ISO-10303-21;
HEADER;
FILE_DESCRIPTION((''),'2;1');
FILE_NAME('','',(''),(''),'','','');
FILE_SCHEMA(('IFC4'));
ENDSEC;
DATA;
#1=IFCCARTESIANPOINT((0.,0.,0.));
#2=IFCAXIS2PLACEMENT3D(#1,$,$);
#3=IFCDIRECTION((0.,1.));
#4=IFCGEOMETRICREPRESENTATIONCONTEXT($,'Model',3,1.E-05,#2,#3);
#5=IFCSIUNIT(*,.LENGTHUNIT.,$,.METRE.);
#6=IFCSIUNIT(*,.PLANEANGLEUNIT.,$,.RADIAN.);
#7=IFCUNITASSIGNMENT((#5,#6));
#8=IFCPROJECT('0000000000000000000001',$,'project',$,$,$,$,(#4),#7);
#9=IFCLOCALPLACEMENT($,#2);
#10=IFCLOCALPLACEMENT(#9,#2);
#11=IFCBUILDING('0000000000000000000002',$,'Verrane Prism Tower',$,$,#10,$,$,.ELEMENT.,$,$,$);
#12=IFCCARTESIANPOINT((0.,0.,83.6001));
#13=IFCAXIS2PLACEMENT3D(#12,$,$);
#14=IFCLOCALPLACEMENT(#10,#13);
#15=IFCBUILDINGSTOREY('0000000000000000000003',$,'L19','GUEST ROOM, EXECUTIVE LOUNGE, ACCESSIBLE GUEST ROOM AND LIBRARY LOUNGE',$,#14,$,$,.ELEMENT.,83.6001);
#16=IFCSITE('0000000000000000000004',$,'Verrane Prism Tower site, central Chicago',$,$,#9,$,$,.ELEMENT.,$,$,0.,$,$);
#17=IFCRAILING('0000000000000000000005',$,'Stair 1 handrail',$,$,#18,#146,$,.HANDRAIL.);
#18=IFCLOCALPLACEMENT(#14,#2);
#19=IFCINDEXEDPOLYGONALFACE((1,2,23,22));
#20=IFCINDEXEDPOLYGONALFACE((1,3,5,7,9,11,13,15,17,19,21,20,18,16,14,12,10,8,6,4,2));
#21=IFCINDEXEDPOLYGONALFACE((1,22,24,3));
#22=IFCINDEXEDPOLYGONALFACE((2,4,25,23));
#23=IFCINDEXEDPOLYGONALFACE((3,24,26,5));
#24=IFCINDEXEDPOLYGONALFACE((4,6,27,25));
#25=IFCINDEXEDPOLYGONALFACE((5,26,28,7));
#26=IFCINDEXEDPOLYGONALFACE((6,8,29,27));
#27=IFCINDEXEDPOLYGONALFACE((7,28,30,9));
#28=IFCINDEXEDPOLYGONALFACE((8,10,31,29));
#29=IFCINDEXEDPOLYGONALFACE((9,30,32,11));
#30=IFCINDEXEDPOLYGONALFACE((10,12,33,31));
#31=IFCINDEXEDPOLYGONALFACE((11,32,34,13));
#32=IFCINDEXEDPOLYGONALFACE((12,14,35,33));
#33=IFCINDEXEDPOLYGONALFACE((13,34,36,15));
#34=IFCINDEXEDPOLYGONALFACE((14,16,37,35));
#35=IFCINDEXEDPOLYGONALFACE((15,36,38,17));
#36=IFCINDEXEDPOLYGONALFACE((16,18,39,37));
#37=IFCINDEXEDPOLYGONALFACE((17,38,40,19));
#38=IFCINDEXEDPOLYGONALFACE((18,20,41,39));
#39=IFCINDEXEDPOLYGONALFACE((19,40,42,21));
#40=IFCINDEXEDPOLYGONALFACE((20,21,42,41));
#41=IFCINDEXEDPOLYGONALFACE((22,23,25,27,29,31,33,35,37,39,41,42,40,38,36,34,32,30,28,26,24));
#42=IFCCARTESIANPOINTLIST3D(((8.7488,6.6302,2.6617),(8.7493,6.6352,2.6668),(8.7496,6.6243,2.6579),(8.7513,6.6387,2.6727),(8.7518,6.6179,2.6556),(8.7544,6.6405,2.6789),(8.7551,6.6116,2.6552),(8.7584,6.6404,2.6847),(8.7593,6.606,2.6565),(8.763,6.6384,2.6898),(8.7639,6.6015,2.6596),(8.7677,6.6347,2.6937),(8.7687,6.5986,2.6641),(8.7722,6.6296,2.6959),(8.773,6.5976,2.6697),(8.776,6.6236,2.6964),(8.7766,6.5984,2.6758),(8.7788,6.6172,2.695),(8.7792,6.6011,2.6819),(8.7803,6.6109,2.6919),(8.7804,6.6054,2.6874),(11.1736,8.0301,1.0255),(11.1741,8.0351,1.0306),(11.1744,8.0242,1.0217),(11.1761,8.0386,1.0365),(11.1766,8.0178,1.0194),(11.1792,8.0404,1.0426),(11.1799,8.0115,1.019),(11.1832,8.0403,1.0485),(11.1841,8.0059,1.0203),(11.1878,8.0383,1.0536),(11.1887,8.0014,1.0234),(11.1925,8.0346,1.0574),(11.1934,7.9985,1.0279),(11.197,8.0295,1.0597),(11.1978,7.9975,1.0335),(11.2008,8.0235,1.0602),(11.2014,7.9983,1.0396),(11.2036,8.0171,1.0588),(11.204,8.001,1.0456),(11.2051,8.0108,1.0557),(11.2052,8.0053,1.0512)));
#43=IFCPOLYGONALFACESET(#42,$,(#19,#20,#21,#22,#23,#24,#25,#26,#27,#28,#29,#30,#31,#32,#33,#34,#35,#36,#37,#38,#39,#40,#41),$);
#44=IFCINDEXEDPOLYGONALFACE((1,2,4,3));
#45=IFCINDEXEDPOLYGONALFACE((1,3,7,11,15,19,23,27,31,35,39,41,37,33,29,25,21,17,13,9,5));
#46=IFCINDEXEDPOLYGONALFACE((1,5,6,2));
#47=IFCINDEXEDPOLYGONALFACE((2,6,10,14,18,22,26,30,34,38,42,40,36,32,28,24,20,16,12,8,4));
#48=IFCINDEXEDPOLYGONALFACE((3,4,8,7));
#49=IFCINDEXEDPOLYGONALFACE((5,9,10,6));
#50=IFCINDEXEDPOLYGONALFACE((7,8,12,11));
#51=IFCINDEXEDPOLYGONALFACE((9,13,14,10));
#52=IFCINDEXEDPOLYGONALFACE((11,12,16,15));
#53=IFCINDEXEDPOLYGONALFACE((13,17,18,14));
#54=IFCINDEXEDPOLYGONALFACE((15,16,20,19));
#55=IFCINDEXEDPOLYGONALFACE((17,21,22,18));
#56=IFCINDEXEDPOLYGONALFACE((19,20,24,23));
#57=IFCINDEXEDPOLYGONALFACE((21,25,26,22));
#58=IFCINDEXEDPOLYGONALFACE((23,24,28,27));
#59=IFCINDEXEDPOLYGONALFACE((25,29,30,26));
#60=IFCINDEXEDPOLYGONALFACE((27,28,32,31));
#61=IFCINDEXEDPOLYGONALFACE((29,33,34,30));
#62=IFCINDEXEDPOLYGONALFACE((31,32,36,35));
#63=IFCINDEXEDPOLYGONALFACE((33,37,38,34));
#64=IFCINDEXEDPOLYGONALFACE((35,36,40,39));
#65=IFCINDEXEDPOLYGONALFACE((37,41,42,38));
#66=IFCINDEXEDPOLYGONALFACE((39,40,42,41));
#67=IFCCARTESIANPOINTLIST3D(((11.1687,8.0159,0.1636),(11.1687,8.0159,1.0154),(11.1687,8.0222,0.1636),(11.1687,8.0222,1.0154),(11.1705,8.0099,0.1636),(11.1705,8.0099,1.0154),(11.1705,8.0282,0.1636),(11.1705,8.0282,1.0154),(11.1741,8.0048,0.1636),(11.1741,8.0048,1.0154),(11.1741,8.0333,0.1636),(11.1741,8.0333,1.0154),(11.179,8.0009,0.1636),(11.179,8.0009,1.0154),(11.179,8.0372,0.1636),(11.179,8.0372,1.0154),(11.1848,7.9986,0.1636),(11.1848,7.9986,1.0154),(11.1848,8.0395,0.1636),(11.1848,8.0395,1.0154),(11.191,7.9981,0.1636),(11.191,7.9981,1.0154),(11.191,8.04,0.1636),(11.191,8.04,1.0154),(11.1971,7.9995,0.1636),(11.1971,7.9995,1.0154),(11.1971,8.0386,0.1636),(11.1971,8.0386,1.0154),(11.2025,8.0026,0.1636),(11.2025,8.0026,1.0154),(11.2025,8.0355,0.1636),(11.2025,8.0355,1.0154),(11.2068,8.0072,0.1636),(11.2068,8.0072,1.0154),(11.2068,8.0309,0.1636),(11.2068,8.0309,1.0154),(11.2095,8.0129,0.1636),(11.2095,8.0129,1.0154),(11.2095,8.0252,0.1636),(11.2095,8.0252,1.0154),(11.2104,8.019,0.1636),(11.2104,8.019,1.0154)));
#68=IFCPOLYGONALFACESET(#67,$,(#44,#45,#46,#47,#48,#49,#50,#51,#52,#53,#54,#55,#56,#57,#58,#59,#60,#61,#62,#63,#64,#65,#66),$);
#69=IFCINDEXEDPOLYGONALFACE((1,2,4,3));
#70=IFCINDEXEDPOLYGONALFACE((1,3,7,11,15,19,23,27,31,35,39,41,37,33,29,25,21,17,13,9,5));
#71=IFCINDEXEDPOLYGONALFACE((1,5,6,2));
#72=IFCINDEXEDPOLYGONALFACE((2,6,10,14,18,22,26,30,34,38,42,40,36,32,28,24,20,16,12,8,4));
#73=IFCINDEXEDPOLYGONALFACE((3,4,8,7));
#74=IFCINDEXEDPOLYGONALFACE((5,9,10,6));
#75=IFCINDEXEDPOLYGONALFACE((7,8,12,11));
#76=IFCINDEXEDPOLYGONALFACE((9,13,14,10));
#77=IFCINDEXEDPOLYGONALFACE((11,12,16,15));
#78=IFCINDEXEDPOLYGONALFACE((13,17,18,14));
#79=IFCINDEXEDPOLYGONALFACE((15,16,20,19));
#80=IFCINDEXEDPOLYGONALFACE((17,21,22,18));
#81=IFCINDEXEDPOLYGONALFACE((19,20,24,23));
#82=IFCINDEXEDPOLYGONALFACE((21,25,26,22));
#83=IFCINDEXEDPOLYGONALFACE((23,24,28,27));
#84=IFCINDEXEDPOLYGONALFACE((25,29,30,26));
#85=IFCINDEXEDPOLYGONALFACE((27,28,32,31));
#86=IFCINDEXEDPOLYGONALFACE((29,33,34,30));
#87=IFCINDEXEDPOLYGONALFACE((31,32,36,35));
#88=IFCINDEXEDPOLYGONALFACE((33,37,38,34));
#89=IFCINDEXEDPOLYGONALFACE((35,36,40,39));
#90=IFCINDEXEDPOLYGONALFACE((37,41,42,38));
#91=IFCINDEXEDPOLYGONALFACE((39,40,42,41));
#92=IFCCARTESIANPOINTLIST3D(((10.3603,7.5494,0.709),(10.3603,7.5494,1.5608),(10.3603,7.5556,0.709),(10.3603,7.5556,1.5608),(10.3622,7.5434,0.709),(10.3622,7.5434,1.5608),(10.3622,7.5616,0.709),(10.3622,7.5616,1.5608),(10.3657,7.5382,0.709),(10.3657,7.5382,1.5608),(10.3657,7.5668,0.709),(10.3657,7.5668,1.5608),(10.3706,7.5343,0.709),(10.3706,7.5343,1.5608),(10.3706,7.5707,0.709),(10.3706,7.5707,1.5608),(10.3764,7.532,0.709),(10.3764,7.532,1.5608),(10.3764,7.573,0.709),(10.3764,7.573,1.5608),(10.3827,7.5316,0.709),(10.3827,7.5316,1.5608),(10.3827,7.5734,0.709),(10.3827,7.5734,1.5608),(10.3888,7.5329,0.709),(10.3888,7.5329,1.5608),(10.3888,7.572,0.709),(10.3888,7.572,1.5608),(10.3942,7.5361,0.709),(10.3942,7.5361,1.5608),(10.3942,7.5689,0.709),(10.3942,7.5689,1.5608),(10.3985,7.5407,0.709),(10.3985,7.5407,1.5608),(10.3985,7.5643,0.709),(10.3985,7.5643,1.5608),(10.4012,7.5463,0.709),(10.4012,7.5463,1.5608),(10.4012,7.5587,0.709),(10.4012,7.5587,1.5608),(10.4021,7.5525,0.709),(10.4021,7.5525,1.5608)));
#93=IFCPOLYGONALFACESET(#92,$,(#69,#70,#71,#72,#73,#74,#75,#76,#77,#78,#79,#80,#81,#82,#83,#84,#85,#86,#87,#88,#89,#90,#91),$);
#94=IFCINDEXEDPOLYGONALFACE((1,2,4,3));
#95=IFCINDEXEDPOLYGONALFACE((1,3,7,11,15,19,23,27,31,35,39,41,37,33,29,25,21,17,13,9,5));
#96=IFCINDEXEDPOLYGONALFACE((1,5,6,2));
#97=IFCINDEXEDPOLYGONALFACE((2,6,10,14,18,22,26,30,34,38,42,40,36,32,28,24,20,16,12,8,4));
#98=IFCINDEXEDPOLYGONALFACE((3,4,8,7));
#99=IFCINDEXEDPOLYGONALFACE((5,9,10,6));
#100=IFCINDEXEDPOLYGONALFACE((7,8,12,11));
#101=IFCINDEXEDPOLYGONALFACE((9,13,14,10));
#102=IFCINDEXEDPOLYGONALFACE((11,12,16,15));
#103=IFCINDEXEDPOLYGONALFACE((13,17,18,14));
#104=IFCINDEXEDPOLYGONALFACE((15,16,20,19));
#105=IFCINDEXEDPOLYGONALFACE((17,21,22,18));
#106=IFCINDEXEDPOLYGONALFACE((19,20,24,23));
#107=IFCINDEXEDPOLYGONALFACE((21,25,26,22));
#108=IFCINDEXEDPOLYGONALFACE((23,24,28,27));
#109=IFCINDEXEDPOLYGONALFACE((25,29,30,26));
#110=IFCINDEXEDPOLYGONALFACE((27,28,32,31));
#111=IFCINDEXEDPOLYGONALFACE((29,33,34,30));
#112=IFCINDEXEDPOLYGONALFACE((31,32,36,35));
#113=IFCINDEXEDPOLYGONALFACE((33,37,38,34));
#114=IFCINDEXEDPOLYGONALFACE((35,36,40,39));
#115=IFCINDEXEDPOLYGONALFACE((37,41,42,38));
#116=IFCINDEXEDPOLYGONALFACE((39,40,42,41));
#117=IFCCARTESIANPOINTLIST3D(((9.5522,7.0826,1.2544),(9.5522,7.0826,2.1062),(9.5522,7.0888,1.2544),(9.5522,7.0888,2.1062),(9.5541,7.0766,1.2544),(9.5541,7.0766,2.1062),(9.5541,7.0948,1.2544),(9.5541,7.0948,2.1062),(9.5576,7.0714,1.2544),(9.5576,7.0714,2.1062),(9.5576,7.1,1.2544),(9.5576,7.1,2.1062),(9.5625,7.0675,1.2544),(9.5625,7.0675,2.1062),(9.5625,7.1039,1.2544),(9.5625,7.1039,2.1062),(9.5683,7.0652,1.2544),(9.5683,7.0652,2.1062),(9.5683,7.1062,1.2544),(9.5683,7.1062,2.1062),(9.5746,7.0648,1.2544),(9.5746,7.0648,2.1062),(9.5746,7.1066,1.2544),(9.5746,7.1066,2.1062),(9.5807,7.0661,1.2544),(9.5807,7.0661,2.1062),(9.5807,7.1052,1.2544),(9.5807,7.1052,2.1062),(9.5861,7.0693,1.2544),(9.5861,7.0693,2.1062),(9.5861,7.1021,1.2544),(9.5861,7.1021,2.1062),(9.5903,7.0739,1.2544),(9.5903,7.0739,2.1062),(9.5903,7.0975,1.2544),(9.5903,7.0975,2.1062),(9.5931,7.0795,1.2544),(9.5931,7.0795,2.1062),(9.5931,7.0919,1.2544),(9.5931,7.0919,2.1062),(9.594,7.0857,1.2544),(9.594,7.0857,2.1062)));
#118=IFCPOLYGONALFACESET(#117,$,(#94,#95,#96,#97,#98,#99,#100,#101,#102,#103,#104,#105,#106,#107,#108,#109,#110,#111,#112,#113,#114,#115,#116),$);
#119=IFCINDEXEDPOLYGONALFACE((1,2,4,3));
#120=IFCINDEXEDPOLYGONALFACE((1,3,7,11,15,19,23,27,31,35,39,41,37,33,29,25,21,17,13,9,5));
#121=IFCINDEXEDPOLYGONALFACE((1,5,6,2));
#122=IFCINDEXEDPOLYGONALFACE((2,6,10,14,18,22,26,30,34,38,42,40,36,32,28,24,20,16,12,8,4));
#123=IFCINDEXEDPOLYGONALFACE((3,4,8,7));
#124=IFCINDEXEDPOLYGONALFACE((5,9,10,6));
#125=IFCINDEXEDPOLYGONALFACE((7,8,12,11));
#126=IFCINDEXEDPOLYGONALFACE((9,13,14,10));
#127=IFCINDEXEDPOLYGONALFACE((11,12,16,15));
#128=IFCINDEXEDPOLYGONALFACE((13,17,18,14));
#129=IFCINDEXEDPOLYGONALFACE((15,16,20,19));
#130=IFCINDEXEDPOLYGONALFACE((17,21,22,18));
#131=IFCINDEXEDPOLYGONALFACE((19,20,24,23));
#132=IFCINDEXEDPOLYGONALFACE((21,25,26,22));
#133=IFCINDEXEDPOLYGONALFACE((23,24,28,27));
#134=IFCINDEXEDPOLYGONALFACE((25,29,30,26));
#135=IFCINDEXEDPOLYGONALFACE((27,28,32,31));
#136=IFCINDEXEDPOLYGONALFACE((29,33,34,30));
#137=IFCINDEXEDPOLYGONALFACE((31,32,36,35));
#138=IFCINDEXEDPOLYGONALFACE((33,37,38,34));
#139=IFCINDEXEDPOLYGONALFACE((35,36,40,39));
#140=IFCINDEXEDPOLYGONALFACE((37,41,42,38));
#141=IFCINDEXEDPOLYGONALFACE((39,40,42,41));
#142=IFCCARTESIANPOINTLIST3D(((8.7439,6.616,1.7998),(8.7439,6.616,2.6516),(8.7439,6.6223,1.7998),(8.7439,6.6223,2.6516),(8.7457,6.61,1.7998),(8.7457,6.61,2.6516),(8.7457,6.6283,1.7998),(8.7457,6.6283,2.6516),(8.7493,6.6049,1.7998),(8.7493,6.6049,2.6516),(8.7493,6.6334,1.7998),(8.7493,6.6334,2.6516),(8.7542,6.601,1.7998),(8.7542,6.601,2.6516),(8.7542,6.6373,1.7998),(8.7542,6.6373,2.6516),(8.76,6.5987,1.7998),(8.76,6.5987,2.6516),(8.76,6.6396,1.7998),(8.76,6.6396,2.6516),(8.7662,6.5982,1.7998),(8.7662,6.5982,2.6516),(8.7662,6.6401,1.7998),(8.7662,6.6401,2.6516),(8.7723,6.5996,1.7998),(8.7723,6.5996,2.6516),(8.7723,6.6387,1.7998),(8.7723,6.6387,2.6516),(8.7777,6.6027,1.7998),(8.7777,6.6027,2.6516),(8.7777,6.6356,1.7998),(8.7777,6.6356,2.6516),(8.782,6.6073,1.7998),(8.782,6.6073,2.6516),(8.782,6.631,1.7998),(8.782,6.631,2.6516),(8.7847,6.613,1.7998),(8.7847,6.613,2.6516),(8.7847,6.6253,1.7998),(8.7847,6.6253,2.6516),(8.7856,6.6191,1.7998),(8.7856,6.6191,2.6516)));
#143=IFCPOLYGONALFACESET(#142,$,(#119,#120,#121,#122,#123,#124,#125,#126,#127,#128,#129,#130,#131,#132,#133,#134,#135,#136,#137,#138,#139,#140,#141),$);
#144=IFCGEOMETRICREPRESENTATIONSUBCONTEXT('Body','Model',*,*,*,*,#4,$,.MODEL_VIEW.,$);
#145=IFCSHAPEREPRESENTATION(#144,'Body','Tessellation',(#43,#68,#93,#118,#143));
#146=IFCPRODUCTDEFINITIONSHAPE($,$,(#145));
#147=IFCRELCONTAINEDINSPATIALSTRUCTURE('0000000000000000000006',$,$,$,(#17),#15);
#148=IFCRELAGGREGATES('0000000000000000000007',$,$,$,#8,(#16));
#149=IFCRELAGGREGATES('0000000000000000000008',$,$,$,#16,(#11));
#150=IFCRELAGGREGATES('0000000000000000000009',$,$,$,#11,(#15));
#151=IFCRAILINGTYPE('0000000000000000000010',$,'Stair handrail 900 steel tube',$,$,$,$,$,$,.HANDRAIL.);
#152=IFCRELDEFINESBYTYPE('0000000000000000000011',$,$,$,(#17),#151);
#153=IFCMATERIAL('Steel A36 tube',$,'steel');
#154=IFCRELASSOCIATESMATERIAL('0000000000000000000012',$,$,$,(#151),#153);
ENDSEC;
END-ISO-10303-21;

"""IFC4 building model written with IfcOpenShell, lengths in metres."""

from ifc_helpers import new_model, si_unit, direction, frame, origin, origin_2d, place, context, subcontext, project, spatial, circle, extrude, material, type_object, element, save


model = new_model("IFC4")

# Units and contexts
model_context = context("Model", 3, precision=1e-05, world=origin(), true_north=direction((0.0, 1.0)))
body_context = subcontext(model_context, "Body", "Model", "MODEL_VIEW")
ifc_project = project(units=[si_unit("LENGTHUNIT", "METRE"), si_unit("PLANEANGLEUNIT", "RADIAN")], contexts=[model_context])

# Site, building, storey
site_placement = place(None, origin())
site = spatial("IfcSite", under=ifc_project, at=site_placement, Name="Verrane Prism Tower site, central Chicago", CompositionType="ELEMENT", RefElevation=0.0)
building_placement = place(site_placement, origin())
building = spatial("IfcBuilding", under=site, at=building_placement, Name="Verrane Prism Tower", CompositionType="ELEMENT")
storey_placement = place(building_placement, frame((0.0, 0.0, 83.6001)))
storey = spatial("IfcBuildingStorey", under=building, at=storey_placement, Name="L19", Description="GUEST ROOM, EXECUTIVE LOUNGE, ACCESSIBLE GUEST ROOM AND LIBRARY LOUNGE", CompositionType="ELEMENT", Elevation=83.6001)

# Railing
ifc_material_1 = material(Name="Steel A36 tube", Category="steel")
railing_type_1 = type_object("IfcRailingType", Name="Stair handrail 900 steel tube", PredefinedType="HANDRAIL", material=ifc_material_1)
railing_1_placement = place(storey_placement, frame((11.1895, 8.019, 0.1636)))
element("IfcRailing", 1, at=railing_1_placement, inside=storey, type_object=railing_type_1, Name="Stair 1 handrail", PredefinedType="HANDRAIL", context=body_context, shape_type="SweptSolid", body=[
    extrude(circle(Radius=0.0239, at=origin_2d()), frame((0.0, 0.0, 0.876), z_axis=(-0.747718, -0.431677, 0.504552), x_axis=(0.499984, -0.866035, 0.0)), (0.0, 0.0, 1.0), 3.2429),
    extrude(circle(Radius=0.021, at=origin_2d()), origin(), (0.0, 0.0, 1.0), 0.8518),
    extrude(circle(Radius=0.021, at=origin_2d()), frame((-0.8083, -0.4666, 0.5454)), (0.0, 0.0, 1.0), 0.8518),
    extrude(circle(Radius=0.021, at=origin_2d()), frame((-1.6165, -0.9333, 1.0908)), (0.0, 0.0, 1.0), 0.8518),
    extrude(circle(Radius=0.021, at=origin_2d()), frame((-2.4248, -1.3999, 1.6362)), (0.0, 0.0, 1.0), 0.8518),
])

save(model, "model.ifc")
